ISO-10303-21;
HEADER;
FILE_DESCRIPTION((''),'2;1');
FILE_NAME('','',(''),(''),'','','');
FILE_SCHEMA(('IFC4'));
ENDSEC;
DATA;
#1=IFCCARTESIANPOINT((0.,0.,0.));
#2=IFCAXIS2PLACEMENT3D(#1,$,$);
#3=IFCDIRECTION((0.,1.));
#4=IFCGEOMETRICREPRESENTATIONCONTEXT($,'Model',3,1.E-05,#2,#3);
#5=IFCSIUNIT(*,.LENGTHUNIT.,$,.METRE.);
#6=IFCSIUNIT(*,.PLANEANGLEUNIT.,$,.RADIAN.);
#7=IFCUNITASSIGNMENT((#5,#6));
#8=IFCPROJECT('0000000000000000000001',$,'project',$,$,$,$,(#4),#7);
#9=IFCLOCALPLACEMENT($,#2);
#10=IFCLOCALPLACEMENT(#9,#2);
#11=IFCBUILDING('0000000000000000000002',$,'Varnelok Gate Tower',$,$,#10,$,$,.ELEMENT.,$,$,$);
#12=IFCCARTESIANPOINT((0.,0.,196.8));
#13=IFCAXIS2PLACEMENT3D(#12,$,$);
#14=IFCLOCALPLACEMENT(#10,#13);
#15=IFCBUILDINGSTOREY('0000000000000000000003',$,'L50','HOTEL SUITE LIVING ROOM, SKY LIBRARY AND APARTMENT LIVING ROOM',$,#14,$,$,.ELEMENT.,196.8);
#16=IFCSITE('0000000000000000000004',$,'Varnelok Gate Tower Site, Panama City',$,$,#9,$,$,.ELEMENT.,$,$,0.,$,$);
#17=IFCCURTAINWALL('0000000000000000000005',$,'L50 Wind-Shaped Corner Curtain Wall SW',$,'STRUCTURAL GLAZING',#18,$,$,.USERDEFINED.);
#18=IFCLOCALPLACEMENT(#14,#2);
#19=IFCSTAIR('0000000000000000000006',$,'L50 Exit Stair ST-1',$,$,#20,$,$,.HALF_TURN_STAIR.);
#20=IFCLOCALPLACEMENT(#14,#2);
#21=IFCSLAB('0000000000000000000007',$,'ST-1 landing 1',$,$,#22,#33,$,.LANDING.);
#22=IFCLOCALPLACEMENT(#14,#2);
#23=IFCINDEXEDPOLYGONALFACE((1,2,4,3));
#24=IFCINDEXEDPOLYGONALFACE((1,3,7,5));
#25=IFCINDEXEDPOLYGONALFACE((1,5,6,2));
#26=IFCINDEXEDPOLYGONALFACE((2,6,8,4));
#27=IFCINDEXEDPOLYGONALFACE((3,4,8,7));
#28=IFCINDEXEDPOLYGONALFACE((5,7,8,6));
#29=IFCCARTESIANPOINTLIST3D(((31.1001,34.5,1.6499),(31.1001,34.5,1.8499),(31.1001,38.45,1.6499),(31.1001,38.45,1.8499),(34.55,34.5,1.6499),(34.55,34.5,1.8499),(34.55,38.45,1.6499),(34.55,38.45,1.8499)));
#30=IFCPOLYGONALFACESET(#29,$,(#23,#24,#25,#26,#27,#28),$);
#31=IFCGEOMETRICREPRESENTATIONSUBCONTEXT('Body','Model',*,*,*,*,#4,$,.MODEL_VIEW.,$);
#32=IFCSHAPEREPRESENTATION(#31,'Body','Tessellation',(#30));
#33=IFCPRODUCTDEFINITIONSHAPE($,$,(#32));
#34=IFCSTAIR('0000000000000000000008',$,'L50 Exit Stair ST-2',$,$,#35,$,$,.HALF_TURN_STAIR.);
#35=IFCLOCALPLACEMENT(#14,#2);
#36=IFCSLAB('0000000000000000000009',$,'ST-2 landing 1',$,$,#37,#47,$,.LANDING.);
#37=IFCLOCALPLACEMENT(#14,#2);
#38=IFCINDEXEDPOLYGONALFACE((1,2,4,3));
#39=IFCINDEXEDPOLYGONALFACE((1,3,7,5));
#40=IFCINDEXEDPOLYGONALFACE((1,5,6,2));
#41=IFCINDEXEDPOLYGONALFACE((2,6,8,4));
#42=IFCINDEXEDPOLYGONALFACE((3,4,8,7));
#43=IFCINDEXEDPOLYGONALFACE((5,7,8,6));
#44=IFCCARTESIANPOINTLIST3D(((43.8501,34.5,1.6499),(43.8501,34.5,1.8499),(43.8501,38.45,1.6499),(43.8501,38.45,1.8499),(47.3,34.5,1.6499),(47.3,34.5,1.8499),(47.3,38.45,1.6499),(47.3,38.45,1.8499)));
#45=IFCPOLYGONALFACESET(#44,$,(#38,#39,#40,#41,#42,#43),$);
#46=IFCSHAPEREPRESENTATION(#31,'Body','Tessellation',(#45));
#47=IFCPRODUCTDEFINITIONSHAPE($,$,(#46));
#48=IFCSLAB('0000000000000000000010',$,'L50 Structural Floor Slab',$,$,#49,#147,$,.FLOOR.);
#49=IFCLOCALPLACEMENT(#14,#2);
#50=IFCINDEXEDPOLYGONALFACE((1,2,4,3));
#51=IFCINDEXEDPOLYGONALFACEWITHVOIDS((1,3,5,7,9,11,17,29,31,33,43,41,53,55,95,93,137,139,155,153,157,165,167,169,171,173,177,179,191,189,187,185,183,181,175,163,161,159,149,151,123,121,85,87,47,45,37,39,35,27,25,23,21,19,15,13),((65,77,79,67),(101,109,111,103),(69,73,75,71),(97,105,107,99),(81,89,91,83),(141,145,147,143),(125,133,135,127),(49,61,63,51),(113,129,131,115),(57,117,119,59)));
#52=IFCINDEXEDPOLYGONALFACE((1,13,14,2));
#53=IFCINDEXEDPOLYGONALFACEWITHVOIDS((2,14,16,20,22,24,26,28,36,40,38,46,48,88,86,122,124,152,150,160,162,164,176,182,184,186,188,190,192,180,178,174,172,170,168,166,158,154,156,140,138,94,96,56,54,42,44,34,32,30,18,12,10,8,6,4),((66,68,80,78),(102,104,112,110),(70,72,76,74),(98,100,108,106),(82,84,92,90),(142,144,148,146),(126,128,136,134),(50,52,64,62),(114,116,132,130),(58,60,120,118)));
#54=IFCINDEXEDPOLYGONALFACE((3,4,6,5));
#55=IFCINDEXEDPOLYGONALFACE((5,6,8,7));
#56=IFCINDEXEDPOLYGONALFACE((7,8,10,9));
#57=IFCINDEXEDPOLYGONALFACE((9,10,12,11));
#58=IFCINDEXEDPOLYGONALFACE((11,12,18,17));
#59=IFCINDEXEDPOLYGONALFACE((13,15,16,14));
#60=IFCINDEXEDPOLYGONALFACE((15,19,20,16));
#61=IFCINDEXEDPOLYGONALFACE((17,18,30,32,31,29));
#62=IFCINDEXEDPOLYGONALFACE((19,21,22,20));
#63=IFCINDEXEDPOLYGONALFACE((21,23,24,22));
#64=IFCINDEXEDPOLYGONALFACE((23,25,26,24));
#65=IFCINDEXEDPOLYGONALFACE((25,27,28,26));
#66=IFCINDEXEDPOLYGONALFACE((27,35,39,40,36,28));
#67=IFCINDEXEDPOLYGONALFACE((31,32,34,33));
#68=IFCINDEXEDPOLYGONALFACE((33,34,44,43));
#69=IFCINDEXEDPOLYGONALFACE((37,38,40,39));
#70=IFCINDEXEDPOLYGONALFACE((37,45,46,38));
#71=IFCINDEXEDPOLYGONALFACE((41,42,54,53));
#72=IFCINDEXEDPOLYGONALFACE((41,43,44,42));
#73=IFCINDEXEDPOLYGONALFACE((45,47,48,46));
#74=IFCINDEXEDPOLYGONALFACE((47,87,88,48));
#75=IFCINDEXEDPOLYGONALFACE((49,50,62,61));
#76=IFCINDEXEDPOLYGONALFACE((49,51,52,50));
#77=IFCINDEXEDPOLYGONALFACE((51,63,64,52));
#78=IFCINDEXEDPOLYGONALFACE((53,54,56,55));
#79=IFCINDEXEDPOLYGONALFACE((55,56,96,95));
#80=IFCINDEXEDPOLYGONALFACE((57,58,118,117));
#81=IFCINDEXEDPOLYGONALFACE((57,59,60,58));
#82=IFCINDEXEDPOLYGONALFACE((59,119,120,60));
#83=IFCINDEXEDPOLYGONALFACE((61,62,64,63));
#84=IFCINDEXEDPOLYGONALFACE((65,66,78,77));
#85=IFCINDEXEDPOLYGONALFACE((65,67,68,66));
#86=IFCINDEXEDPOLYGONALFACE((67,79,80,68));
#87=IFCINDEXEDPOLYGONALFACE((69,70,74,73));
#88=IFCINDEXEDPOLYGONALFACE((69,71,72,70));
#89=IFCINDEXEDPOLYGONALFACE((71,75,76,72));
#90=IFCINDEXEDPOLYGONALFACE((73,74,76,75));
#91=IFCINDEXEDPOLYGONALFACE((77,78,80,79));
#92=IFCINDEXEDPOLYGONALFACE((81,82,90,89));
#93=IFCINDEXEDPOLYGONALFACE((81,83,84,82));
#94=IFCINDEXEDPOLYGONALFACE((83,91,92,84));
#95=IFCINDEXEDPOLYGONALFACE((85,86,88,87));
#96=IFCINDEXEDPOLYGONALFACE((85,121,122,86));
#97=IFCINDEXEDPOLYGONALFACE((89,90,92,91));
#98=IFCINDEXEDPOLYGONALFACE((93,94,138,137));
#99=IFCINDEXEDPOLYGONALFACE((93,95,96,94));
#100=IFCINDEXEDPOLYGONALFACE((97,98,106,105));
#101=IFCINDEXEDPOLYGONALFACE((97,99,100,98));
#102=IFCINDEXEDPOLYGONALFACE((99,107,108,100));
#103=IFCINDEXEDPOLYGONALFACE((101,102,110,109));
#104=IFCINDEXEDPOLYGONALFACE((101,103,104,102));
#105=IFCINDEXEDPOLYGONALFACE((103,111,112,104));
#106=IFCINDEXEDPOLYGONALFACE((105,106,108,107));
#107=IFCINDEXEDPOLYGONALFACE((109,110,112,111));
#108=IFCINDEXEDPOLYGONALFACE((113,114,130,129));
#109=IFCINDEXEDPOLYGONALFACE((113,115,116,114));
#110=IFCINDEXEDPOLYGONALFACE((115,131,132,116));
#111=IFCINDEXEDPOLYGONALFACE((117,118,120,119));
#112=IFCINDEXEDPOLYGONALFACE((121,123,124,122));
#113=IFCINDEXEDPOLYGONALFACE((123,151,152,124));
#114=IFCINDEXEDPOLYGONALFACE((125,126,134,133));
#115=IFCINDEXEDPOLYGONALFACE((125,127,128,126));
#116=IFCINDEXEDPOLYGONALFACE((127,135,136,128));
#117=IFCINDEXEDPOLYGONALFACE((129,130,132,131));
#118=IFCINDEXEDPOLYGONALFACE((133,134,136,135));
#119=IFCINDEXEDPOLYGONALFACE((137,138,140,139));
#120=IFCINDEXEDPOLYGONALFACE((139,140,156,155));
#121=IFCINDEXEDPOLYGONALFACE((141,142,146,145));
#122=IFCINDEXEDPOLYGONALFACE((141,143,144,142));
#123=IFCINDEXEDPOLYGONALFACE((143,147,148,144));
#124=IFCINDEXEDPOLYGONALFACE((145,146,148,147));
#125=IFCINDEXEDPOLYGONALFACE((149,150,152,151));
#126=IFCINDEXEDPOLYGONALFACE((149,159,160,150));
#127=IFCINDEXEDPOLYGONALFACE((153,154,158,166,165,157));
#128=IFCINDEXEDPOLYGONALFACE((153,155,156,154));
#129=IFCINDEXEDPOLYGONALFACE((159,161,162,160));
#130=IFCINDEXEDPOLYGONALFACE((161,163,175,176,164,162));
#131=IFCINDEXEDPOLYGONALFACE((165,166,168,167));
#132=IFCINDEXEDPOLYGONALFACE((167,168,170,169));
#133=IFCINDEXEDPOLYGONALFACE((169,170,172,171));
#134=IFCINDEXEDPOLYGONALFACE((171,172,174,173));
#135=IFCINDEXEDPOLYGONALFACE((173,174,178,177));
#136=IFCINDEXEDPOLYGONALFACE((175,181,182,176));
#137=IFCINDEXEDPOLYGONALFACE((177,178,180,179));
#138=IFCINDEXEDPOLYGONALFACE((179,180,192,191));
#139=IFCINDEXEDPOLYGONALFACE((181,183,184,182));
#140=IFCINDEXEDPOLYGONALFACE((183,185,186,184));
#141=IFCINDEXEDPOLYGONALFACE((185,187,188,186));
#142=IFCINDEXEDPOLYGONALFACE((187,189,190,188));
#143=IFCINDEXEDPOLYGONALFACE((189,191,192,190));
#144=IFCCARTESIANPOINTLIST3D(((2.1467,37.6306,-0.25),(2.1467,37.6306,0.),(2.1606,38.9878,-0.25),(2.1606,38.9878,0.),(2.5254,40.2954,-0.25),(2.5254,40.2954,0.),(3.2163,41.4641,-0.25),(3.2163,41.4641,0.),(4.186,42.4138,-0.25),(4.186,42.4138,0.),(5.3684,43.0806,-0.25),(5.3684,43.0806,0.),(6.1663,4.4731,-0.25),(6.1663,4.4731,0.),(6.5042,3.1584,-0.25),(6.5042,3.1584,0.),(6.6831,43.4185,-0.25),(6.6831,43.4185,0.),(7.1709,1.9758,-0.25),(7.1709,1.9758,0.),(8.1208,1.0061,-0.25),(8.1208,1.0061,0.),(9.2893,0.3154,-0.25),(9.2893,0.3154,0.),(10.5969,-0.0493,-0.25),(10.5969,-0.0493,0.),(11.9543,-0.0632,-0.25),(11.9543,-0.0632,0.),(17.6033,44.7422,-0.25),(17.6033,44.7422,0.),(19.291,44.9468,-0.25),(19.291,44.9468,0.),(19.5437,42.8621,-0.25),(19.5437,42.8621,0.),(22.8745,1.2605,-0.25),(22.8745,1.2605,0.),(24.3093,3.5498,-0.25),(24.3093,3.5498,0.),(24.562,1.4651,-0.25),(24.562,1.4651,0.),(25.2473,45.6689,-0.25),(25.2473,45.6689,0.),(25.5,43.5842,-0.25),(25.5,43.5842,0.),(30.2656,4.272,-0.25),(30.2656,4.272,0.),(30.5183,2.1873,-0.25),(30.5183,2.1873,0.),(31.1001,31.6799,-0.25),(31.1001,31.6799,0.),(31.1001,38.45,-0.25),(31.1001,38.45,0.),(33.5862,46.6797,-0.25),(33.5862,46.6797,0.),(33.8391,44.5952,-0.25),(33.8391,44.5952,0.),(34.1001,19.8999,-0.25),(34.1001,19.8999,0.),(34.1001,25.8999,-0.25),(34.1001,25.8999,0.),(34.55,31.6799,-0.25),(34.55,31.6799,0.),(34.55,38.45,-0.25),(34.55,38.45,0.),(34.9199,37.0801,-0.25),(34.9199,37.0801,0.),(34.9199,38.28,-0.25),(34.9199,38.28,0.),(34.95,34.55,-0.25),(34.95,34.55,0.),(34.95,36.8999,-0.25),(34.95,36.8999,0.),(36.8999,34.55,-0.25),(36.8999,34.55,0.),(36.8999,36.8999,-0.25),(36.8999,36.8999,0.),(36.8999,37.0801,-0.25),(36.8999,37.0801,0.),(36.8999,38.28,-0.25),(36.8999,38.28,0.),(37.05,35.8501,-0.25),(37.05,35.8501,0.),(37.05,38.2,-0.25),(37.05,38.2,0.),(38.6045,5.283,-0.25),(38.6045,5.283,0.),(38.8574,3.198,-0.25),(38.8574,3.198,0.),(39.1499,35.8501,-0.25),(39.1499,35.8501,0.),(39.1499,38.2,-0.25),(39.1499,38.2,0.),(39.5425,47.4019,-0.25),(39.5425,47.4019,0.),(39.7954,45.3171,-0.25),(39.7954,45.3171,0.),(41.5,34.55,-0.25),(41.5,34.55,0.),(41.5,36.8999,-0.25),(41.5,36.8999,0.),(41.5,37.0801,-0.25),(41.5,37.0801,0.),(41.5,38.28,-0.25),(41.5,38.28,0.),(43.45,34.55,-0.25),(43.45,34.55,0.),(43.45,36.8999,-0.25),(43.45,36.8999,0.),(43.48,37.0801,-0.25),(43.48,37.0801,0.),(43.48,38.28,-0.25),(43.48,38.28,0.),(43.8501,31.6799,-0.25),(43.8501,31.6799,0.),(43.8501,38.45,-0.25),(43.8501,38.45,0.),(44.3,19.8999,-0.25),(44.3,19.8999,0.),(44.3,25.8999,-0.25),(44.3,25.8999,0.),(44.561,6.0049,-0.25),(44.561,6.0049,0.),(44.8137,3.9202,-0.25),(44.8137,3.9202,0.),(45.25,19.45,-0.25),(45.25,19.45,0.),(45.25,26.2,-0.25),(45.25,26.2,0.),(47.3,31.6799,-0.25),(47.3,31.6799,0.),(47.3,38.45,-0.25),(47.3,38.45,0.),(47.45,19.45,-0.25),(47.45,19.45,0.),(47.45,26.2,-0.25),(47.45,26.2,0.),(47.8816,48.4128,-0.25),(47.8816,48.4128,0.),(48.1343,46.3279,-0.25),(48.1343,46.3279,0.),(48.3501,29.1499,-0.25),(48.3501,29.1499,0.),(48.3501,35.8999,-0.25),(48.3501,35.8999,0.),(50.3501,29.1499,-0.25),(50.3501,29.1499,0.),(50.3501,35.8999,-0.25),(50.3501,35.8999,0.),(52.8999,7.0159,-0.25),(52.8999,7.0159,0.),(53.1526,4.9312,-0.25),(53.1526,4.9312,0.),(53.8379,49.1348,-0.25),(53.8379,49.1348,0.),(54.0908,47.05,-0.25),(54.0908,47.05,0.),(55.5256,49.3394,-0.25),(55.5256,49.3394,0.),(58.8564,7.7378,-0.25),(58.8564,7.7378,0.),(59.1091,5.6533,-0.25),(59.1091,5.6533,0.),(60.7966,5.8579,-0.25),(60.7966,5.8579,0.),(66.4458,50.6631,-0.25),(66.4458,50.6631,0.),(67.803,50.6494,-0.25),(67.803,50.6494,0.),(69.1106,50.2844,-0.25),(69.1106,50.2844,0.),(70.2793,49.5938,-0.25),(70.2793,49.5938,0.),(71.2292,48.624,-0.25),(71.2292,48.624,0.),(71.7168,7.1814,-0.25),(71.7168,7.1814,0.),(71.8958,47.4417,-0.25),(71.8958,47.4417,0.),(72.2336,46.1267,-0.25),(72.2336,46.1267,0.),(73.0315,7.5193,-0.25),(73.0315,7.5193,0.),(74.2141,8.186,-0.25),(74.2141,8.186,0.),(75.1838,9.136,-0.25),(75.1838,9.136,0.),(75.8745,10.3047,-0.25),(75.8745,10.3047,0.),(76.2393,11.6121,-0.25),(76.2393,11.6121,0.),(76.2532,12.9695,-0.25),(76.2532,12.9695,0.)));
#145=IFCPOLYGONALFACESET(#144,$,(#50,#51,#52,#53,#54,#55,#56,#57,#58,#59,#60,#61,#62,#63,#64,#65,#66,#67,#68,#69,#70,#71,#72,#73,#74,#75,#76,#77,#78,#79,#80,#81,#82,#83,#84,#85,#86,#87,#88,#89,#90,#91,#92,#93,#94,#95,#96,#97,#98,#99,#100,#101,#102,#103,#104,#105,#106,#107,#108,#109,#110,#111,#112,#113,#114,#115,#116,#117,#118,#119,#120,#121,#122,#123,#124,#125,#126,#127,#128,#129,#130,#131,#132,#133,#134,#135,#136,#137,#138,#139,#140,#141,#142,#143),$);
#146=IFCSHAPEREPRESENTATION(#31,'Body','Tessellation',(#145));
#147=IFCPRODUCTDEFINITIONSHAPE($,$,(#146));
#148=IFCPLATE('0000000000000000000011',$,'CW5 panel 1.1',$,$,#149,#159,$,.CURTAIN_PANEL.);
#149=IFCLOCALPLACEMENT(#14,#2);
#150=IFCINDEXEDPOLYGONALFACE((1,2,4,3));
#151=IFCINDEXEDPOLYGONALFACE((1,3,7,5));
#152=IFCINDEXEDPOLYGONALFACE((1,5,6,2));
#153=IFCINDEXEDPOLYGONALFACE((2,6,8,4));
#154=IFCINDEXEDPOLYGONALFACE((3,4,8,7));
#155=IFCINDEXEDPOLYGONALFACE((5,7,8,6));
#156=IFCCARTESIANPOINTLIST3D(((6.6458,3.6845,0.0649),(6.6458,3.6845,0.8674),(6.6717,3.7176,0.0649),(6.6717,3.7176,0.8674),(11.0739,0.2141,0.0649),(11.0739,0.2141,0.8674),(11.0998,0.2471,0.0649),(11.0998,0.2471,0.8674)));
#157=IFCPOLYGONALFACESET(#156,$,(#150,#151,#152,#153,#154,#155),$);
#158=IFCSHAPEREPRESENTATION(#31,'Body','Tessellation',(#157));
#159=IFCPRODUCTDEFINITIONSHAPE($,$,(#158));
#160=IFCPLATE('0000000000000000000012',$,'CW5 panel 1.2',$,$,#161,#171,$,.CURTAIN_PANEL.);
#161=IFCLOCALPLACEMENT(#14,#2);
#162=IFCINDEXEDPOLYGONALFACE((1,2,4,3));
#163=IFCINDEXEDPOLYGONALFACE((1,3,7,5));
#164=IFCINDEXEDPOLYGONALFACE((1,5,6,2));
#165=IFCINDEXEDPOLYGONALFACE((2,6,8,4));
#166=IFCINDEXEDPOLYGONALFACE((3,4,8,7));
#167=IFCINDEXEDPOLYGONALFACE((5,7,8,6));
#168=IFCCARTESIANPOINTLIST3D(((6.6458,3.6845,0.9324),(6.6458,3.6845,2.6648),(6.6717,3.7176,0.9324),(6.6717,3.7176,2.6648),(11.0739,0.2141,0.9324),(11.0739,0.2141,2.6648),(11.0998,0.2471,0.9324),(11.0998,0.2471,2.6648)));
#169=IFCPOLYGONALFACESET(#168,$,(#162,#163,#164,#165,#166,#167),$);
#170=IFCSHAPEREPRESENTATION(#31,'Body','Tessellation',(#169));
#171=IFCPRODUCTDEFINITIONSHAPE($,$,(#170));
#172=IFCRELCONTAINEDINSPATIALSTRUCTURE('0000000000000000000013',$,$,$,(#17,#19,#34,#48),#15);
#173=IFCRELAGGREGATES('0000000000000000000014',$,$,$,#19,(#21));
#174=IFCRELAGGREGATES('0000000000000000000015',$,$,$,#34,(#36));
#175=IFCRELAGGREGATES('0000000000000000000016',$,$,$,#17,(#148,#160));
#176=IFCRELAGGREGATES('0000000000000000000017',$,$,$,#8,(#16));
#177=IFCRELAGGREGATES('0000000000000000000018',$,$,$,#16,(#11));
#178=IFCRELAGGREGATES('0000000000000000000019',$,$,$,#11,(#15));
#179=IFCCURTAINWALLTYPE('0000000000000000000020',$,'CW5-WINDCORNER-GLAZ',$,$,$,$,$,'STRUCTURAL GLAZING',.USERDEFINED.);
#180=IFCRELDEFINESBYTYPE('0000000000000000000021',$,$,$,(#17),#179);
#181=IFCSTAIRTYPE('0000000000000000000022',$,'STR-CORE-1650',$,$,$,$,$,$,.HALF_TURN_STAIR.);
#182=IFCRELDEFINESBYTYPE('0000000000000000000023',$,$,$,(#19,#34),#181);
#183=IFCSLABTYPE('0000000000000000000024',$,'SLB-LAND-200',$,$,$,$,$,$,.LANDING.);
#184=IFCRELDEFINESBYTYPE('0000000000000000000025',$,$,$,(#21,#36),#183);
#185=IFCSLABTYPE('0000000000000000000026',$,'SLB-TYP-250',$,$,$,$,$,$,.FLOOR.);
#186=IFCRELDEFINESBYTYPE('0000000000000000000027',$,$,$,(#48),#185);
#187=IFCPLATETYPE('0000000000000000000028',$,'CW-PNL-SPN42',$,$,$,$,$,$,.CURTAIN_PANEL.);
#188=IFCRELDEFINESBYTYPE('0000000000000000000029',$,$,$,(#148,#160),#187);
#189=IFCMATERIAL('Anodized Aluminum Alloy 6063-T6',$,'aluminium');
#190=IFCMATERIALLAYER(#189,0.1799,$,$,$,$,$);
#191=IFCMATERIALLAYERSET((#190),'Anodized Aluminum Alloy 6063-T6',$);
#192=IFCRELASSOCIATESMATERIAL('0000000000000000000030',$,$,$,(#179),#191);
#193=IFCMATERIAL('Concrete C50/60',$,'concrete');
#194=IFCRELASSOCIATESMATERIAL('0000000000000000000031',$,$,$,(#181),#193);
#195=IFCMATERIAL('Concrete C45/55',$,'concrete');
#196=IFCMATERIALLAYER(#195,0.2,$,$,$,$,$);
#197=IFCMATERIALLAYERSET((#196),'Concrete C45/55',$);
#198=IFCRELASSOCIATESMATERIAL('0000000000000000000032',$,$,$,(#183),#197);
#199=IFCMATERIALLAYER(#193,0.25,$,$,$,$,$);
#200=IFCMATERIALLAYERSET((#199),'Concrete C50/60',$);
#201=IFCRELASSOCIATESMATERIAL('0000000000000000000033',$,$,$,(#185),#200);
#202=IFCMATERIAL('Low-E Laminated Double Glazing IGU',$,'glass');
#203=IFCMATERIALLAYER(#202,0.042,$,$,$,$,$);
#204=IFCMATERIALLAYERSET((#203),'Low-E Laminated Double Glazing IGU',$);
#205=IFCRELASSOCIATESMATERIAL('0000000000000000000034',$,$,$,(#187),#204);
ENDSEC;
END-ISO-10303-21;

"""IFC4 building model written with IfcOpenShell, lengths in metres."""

from ifc_helpers import new_model, si_unit, direction, frame, origin, origin_2d, place, context, subcontext, project, spatial, polyline, rectangle, outline, extrude, source, transform, mapped, material, layer, layer_set, type_object, element, aggregate, save


model = new_model("IFC4")

# Units and contexts
model_context = context("Model", 3, precision=1e-05, world=origin(), true_north=direction((0.0, 1.0)))
body_context = subcontext(model_context, "Body", "Model", "MODEL_VIEW")
ifc_project = project(units=[si_unit("LENGTHUNIT", "METRE"), si_unit("PLANEANGLEUNIT", "RADIAN")], contexts=[model_context])

# Site, building, storey
site_placement = place(None, origin())
site = spatial("IfcSite", under=ifc_project, at=site_placement, Name="Varnelok Gate Tower Site, Panama City", CompositionType="ELEMENT", RefElevation=0.0)
building_placement = place(site_placement, origin())
building = spatial("IfcBuilding", under=site, at=building_placement, Name="Varnelok Gate Tower", CompositionType="ELEMENT")
storey_placement = place(building_placement, frame((0.0, 0.0, 196.8)))
storey = spatial("IfcBuildingStorey", under=building, at=storey_placement, Name="L50", Description="HOTEL SUITE LIVING ROOM, SKY LIBRARY AND APARTMENT LIVING ROOM", CompositionType="ELEMENT", Elevation=196.8)

# Curtain wall
ifc_material_1 = material(Name="Anodized Aluminum Alloy 6063-T6", Category="aluminium")
ifc_layer_1 = layer(ifc_material_1, 0.1799)
ifc_layer_set_1 = layer_set([ifc_layer_1], Name="Anodized Aluminum Alloy 6063-T6")
curtain_wall_type = type_object("IfcCurtainWallType", Name="CW5-WINDCORNER-GLAZ", ElementType="STRUCTURAL GLAZING", PredefinedType="USERDEFINED", material=ifc_layer_set_1)
curtain_wall_placement = place(storey_placement, origin())
curtain_wall = element("IfcCurtainWall", 1, at=curtain_wall_placement, inside=storey, type_object=curtain_wall_type, Name="L50 Wind-Shaped Corner Curtain Wall SW", ObjectType="STRUCTURAL GLAZING", PredefinedType="USERDEFINED")

# Shared definitions
ifc_material_2 = material(Name="Concrete C45/55", Category="concrete")

# Stairs, slabs
ifc_material_3 = material(Name="Concrete C50/60", Category="concrete")
stair_type = type_object("IfcStairType", Name="STR-CORE-1650", PredefinedType="HALF_TURN_STAIR", material=ifc_material_3)
stair_1_placement = place(storey_placement, origin())
stair_1 = element("IfcStair", 2, at=stair_1_placement, inside=storey, type_object=stair_type, Name="L50 Exit Stair ST-1", PredefinedType="HALF_TURN_STAIR")
ifc_layer_2 = layer(ifc_material_2, 0.2)
ifc_layer_set_2 = layer_set([ifc_layer_2], Name="Concrete C45/55")
slab_type_1 = type_object("IfcSlabType", Name="SLB-LAND-200", PredefinedType="LANDING", material=ifc_layer_set_2)
slab_1_placement = place(storey_placement, frame((0.0, 0.0, 1.6499)))
slab_1 = element("IfcSlab", 3, at=slab_1_placement, type_object=slab_type_1, Name="ST-1 landing 1", PredefinedType="LANDING", context=body_context, shape_type="SweptSolid", body=[
    extrude(outline(polyline([(34.55, 34.5), (34.55, 38.45), (31.1001, 38.45), (31.1001, 34.5), (34.55, 34.5)])), origin(), (0.0, 0.0, 1.0), 0.2),
])
aggregate(stair_1, [slab_1])
stair_2_placement = place(storey_placement, origin())
stair_2 = element("IfcStair", 4, at=stair_2_placement, inside=storey, type_object=stair_type, Name="L50 Exit Stair ST-2", PredefinedType="HALF_TURN_STAIR")
slab_2_placement = place(storey_placement, frame((0.0, 0.0, 1.6499)))
slab_2 = element("IfcSlab", 5, at=slab_2_placement, type_object=slab_type_1, Name="ST-2 landing 1", PredefinedType="LANDING", context=body_context, shape_type="SweptSolid", body=[
    extrude(outline(polyline([(47.3, 34.5), (47.3, 38.45), (43.8501, 38.45), (43.8501, 34.5), (47.3, 34.5)])), origin(), (0.0, 0.0, 1.0), 0.2),
])
aggregate(stair_2, [slab_2])

# Slab
ifc_layer_3 = layer(ifc_material_3, 0.25)
ifc_layer_set_3 = layer_set([ifc_layer_3], Name="Concrete C50/60")
slab_type_2 = type_object("IfcSlabType", Name="SLB-TYP-250", PredefinedType="FLOOR", material=ifc_layer_set_3)
slab_3_placement = place(storey_placement, frame((0.0, 0.0, -0.25)))
element("IfcSlab", 6, at=slab_3_placement, inside=storey, type_object=slab_type_2, Name="L50 Structural Floor Slab", PredefinedType="FLOOR", context=body_context, shape_type="SweptSolid", body=[
    extrude(outline(polyline([(6.1663, 4.4731), (6.5042, 3.1584), (7.1709, 1.9758), (8.1208, 1.0061), (9.2893, 0.3154), (10.5969, -0.0493), (11.9543, -0.0632), (22.8745, 1.2605), (24.562, 1.4651), (24.3093, 3.5498), (30.2656, 4.272), (30.5183, 2.1873), (38.8574, 3.198), (38.6045, 5.283), (44.561, 6.0049), (44.8137, 3.9202), (53.1526, 4.9312), (52.8999, 7.0159), (58.8564, 7.7378), (59.1091, 5.6533), (60.7966, 5.8579), (71.7168, 7.1814), (73.0315, 7.5193), (74.2141, 8.186), (75.1838, 9.136), (75.8745, 10.3047), (76.2393, 11.6121), (76.2532, 12.9695), (72.2336, 46.1267), (71.8958, 47.4417), (71.2292, 48.624), (70.2793, 49.5938), (69.1106, 50.2844), (67.803, 50.6494), (66.4458, 50.6631), (55.5256, 49.3394), (53.8379, 49.1348), (54.0908, 47.05), (48.1343, 46.3279), (47.8816, 48.4128), (39.5425, 47.4019), (39.7954, 45.3171), (33.8391, 44.5952), (33.5862, 46.6797), (25.2473, 45.6689), (25.5, 43.5842), (19.5437, 42.8621), (19.291, 44.9468), (17.6033, 44.7422), (6.6831, 43.4185), (5.3684, 43.0806), (4.186, 42.4138), (3.2163, 41.4641), (2.5254, 40.2954), (2.1606, 38.9878), (2.1467, 37.6306), (6.1663, 4.4731)]), holes=[polyline([(34.55, 31.6799), (34.55, 38.45), (31.1001, 38.45), (31.1001, 31.6799), (34.55, 31.6799)]), polyline([(47.3, 31.6799), (47.3, 38.45), (43.8501, 38.45), (43.8501, 31.6799), (47.3, 31.6799)]), polyline([(34.95, 34.55), (36.8999, 34.55), (36.8999, 36.8999), (34.95, 36.8999), (34.95, 34.55)]), polyline([(41.5, 34.55), (43.45, 34.55), (43.45, 36.8999), (41.5, 36.8999), (41.5, 34.55)]), polyline([(37.05, 35.8501), (39.1499, 35.8501), (39.1499, 38.2), (37.05, 38.2), (37.05, 35.8501)]), polyline([(48.3501, 29.1499), (50.3501, 29.1499), (50.3501, 35.8999), (48.3501, 35.8999), (48.3501, 29.1499)]), polyline([(45.25, 19.45), (47.45, 19.45), (47.45, 26.2), (45.25, 26.2), (45.25, 19.45)]), polyline([(34.9199, 37.0801), (36.8999, 37.0801), (36.8999, 38.28), (34.9199, 38.28), (34.9199, 37.0801)]), polyline([(41.5, 37.0801), (43.48, 37.0801), (43.48, 38.28), (41.5, 38.28), (41.5, 37.0801)]), polyline([(34.1001, 19.8999), (44.3, 19.8999), (44.3, 25.8999), (34.1001, 25.8999), (34.1001, 19.8999)])]), origin(), (0.0, 0.0, 1.0), 0.25),
])

# Plates
ifc_material_4 = material(Name="Low-E Laminated Double Glazing IGU", Category="glass")
ifc_layer_4 = layer(ifc_material_4, 0.042)
ifc_layer_set_4 = layer_set([ifc_layer_4], Name="Low-E Laminated Double Glazing IGU")
plate_type = type_object("IfcPlateType", Name="CW-PNL-SPN42", PredefinedType="CURTAIN_PANEL", material=ifc_layer_set_4)
shared_shape_1 = source(origin(), body_context, "Body", "SweptSolid", [
    extrude(rectangle(XDim=5.626, YDim=0.042, at=origin_2d()), origin(), (0.0, 0.0, 1.0), 0.8025),
])
plate_1_placement = place(storey_placement, frame((8.8728, 1.9658, 0.0649), z_axis=(0.0, 0.0, 1.0), x_axis=(0.787071, -0.616863, 0.0)))
plate_1 = element("IfcPlate", 7, at=plate_1_placement, type_object=plate_type, Name="CW5 panel 1.1", PredefinedType="CURTAIN_PANEL", context=body_context, shape_type="MappedRepresentation", body=[
    mapped(shared_shape_1, transform((0.0, 0.0, 0.0), scale=1.0)),
])
shared_shape_2 = source(origin(), body_context, "Body", "SweptSolid", [
    extrude(rectangle(XDim=5.626, YDim=0.042, at=origin_2d()), origin(), (0.0, 0.0, 1.0), 1.7324),
])
plate_2_placement = place(storey_placement, frame((8.8728, 1.9658, 0.9324), z_axis=(0.0, 0.0, 1.0), x_axis=(0.787071, -0.616863, 0.0)))
plate_2 = element("IfcPlate", 8, at=plate_2_placement, type_object=plate_type, Name="CW5 panel 1.2", PredefinedType="CURTAIN_PANEL", context=body_context, shape_type="MappedRepresentation", body=[
    mapped(shared_shape_2, transform((0.0, 0.0, 0.0), scale=1.0)),
])
aggregate(curtain_wall, [plate_1, plate_2])

save(model, "model.ifc")
